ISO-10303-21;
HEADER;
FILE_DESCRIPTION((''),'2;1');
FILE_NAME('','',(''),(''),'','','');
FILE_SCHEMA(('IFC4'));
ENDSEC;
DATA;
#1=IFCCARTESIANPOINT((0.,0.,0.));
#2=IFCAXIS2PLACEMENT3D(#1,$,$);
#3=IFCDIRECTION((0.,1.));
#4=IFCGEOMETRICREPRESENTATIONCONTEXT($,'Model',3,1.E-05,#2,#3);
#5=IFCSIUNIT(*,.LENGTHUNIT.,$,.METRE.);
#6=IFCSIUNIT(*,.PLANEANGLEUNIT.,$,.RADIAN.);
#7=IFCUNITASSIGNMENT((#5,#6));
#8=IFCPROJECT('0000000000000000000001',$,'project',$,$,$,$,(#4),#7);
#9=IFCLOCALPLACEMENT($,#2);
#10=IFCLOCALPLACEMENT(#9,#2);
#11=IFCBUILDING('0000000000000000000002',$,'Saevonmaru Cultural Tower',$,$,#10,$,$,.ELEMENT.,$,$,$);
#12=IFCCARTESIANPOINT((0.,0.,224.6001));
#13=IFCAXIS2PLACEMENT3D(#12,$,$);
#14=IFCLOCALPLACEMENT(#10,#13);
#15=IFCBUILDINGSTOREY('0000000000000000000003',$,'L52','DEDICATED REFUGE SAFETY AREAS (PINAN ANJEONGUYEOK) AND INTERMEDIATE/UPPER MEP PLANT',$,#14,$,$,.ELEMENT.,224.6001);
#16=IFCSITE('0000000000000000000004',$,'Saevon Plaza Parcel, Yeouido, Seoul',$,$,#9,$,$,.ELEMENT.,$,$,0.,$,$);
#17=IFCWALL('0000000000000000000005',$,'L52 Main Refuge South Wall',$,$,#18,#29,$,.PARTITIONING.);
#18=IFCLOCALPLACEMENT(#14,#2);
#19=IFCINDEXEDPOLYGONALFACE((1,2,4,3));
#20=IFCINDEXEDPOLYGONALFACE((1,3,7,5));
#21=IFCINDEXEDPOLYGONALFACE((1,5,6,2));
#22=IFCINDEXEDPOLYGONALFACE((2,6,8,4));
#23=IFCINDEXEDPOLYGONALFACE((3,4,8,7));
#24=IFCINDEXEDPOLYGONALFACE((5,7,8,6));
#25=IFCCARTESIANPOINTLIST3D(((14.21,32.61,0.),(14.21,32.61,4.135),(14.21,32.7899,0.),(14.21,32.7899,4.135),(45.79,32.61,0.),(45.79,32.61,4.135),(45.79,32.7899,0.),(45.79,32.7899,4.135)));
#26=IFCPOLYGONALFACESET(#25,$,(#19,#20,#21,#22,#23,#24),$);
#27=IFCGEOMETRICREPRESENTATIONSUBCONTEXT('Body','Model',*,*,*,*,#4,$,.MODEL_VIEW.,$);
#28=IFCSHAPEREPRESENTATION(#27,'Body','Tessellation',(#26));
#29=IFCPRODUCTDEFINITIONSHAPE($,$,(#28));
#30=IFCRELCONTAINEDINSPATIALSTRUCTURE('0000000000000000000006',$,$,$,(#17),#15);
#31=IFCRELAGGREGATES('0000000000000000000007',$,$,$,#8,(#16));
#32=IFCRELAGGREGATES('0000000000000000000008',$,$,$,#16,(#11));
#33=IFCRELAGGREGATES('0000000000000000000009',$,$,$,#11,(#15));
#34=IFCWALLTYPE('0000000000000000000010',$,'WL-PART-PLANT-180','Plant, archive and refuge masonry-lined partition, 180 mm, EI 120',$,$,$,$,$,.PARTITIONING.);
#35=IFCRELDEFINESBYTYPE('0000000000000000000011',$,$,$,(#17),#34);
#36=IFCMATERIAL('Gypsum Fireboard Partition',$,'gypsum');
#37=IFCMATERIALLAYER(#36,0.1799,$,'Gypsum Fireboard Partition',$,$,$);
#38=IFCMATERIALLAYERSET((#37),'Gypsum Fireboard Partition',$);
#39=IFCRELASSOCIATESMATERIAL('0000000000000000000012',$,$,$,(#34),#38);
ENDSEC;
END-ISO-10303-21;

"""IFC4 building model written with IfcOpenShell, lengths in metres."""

from ifc_helpers import new_model, si_unit, direction, frame, frame_2d, origin, place, context, subcontext, project, spatial, rectangle, extrude, material, layer, layer_set, type_object, element, save


model = new_model("IFC4")

# Units and contexts
model_context = context("Model", 3, precision=1e-05, world=origin(), true_north=direction((0.0, 1.0)))
body_context = subcontext(model_context, "Body", "Model", "MODEL_VIEW")
ifc_project = project(units=[si_unit("LENGTHUNIT", "METRE"), si_unit("PLANEANGLEUNIT", "RADIAN")], contexts=[model_context])

# Site, building, storey
site_placement = place(None, origin())
site = spatial("IfcSite", under=ifc_project, at=site_placement, Name="Saevon Plaza Parcel, Yeouido, Seoul", CompositionType="ELEMENT", RefElevation=0.0)
building_placement = place(site_placement, origin())
building = spatial("IfcBuilding", under=site, at=building_placement, Name="Saevonmaru Cultural Tower", CompositionType="ELEMENT")
storey_placement = place(building_placement, frame((0.0, 0.0, 224.6001)))
storey = spatial("IfcBuildingStorey", under=building, at=storey_placement, Name="L52", Description="DEDICATED REFUGE SAFETY AREAS (PINAN ANJEONGUYEOK) AND INTERMEDIATE/UPPER MEP PLANT", CompositionType="ELEMENT", Elevation=224.6001)

# Wall
ifc_material_1 = material(Name="Gypsum Fireboard Partition", Category="gypsum")
ifc_layer_1 = layer(ifc_material_1, 0.1799, Name="Gypsum Fireboard Partition")
ifc_layer_set_1 = layer_set([ifc_layer_1], Name="Gypsum Fireboard Partition")
wall_type = type_object("IfcWallType", Name="WL-PART-PLANT-180", Description="Plant, archive and refuge masonry-lined partition, 180 mm, EI 120", PredefinedType="PARTITIONING", material=ifc_layer_set_1)
wall_1_placement = place(storey_placement, frame((14.21, 32.7, 0.0), z_axis=(0.0, 0.0, 1.0), x_axis=(1.0, 0.0, 0.0)))
element("IfcWall", 1, at=wall_1_placement, inside=storey, type_object=wall_type, Name="L52 Main Refuge South Wall", PredefinedType="PARTITIONING", context=body_context, shape_type="SweptSolid", body=[
    extrude(rectangle(XDim=31.5801, YDim=0.1799, at=frame_2d((15.79, 0.0))), origin(), (0.0, 0.0, 1.0), 4.135),
])

save(model, "model.ifc")
